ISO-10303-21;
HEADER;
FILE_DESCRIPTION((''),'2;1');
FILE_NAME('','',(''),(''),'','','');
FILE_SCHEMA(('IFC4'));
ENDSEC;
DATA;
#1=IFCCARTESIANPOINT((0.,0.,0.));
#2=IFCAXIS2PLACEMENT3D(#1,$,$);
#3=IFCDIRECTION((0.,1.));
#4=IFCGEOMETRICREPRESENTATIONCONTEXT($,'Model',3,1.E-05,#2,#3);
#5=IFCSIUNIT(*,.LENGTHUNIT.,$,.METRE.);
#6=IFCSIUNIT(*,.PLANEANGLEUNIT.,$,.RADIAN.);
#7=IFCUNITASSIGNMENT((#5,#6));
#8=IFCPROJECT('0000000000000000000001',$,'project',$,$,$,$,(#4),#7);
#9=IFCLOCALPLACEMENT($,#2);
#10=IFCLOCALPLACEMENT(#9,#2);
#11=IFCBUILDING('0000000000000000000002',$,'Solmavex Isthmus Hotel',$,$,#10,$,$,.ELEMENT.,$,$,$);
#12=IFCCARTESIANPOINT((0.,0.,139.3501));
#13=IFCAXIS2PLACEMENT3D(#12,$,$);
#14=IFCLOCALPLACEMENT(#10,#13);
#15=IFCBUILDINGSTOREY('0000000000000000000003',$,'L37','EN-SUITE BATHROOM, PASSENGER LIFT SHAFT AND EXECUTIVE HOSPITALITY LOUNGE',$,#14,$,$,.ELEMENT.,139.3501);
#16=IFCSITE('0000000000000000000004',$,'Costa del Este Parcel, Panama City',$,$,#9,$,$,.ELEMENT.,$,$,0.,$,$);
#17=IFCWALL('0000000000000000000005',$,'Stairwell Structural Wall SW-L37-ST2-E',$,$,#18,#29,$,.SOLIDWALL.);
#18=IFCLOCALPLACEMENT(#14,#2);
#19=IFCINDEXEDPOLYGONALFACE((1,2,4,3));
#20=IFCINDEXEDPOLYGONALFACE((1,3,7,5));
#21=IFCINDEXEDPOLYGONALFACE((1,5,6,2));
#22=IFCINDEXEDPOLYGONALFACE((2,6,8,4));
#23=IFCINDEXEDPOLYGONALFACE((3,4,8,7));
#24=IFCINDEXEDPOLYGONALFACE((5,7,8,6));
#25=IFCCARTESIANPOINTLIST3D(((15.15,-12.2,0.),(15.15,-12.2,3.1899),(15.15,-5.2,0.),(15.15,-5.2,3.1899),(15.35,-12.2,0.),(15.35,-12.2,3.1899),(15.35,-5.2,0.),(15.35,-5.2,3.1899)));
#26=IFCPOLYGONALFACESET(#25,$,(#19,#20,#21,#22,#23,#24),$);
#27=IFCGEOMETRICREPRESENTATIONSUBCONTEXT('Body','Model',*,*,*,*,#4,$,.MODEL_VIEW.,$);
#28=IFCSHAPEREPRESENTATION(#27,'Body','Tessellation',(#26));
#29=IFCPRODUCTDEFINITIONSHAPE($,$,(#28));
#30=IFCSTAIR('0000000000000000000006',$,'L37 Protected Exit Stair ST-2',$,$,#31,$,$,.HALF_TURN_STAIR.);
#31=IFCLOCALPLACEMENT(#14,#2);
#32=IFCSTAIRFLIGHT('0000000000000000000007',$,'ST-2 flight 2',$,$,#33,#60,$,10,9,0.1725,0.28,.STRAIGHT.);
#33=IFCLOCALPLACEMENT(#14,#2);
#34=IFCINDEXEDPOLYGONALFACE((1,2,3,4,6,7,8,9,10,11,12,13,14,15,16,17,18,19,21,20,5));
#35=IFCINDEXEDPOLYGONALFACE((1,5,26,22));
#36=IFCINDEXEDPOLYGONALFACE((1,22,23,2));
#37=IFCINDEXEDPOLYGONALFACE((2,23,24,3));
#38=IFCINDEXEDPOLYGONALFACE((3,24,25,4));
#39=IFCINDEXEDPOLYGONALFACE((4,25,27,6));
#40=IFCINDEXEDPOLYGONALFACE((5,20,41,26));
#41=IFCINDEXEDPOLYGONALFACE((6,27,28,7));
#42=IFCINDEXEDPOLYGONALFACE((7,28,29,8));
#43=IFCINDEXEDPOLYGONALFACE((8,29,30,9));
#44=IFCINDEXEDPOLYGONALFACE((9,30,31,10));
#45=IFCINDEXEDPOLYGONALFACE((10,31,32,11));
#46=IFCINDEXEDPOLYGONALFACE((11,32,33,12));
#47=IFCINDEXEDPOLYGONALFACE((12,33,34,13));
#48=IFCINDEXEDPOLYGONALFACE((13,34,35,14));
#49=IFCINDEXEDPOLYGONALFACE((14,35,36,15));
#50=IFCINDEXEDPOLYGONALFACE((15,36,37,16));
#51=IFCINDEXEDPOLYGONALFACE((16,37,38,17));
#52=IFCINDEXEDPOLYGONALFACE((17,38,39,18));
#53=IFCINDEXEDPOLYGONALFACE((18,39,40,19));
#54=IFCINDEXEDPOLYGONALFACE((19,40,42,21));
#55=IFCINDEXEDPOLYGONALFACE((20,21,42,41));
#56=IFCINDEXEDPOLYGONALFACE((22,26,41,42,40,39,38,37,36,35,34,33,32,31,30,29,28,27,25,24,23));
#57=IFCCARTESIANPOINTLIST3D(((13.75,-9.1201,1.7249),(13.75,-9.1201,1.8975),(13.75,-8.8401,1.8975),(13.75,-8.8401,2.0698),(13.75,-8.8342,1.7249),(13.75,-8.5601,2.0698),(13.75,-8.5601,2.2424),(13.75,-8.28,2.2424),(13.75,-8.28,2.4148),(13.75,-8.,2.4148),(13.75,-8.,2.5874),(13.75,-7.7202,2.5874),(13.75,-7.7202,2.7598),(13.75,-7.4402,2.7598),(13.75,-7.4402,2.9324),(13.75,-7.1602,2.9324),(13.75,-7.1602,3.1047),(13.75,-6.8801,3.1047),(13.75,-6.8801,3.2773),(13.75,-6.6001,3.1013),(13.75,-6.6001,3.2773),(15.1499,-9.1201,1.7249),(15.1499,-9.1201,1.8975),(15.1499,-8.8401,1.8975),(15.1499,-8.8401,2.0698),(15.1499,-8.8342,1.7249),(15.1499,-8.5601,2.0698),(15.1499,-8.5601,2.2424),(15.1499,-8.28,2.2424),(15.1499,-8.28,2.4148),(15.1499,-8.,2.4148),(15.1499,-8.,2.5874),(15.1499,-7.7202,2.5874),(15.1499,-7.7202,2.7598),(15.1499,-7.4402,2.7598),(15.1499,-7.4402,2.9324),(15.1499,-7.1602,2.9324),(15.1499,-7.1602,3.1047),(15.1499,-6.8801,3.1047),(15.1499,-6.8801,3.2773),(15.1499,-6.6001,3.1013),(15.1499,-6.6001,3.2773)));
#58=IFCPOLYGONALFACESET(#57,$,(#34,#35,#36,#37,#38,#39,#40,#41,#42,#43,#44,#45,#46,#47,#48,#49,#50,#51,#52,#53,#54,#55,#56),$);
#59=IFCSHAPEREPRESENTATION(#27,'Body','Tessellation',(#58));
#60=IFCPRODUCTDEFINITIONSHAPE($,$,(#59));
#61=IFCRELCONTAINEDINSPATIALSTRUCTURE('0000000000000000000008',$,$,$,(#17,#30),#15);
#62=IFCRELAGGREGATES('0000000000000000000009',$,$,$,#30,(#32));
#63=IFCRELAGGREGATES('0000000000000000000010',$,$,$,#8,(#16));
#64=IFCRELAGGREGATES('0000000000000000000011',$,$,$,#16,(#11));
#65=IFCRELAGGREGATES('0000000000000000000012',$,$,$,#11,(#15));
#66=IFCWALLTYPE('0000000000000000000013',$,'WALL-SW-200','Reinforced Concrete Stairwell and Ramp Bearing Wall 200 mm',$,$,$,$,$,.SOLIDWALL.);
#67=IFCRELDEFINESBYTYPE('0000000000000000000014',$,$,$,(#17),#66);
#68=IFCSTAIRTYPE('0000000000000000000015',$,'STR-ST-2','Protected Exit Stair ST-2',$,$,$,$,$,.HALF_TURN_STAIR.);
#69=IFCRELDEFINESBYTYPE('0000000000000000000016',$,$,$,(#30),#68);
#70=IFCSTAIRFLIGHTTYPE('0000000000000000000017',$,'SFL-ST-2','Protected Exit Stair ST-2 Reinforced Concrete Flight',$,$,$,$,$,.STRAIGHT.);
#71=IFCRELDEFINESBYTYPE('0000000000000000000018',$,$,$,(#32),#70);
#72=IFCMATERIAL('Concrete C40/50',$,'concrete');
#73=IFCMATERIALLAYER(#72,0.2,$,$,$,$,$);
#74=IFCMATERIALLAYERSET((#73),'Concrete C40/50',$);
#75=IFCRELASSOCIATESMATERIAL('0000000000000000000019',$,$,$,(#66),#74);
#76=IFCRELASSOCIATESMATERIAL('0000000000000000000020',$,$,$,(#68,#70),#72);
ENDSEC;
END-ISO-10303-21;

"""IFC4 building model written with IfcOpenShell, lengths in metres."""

from ifc_helpers import new_model, si_unit, direction, frame, frame_2d, origin, place, context, subcontext, project, spatial, polyline, rectangle, outline, extrude, material, layer, layer_set, type_object, element, aggregate, save


model = new_model("IFC4")

# Units and contexts
model_context = context("Model", 3, precision=1e-05, world=origin(), true_north=direction((0.0, 1.0)))
body_context = subcontext(model_context, "Body", "Model", "MODEL_VIEW")
ifc_project = project(units=[si_unit("LENGTHUNIT", "METRE"), si_unit("PLANEANGLEUNIT", "RADIAN")], contexts=[model_context])

# Site, building, storey
site_placement = place(None, origin())
site = spatial("IfcSite", under=ifc_project, at=site_placement, Name="Costa del Este Parcel, Panama City", CompositionType="ELEMENT", RefElevation=0.0)
building_placement = place(site_placement, origin())
building = spatial("IfcBuilding", under=site, at=building_placement, Name="Solmavex Isthmus Hotel", CompositionType="ELEMENT")
storey_placement = place(building_placement, frame((0.0, 0.0, 139.3501)))
storey = spatial("IfcBuildingStorey", under=building, at=storey_placement, Name="L37", Description="EN-SUITE BATHROOM, PASSENGER LIFT SHAFT AND EXECUTIVE HOSPITALITY LOUNGE", CompositionType="ELEMENT", Elevation=139.3501)

# Wall
ifc_material_1 = material(Name="Concrete C40/50", Category="concrete")
ifc_layer_1 = layer(ifc_material_1, 0.2)
ifc_layer_set_1 = layer_set([ifc_layer_1], Name="Concrete C40/50")
wall_type_1 = type_object("IfcWallType", Name="WALL-SW-200", Description="Reinforced Concrete Stairwell and Ramp Bearing Wall 200 mm", PredefinedType="SOLIDWALL", material=ifc_layer_set_1)
wall_1_placement = place(storey_placement, frame((15.25, -12.2, 0.0), z_axis=(0.0, 0.0, 1.0), x_axis=(0.0, 1.0, 0.0)))
element("IfcWall", 1, at=wall_1_placement, inside=storey, type_object=wall_type_1, Name="Stairwell Structural Wall SW-L37-ST2-E", PredefinedType="SOLIDWALL", context=body_context, shape_type="SweptSolid", body=[
    extrude(rectangle(XDim=7.0, YDim=0.2, at=frame_2d((3.5, 0.0))), origin(), (0.0, 0.0, 1.0), 3.1899),
])

# Stair, stair flight
stair_type = type_object("IfcStairType", Name="STR-ST-2", Description="Protected Exit Stair ST-2", PredefinedType="HALF_TURN_STAIR", material=ifc_material_1)
stair_placement = place(storey_placement, origin())
stair = element("IfcStair", 2, at=stair_placement, inside=storey, type_object=stair_type, Name="L37 Protected Exit Stair ST-2", PredefinedType="HALF_TURN_STAIR")
stair_flight_type = type_object("IfcStairFlightType", Name="SFL-ST-2", Description="Protected Exit Stair ST-2 Reinforced Concrete Flight", PredefinedType="STRAIGHT", material=ifc_material_1)
stair_flight_placement = place(storey_placement, frame((14.45, -9.1201, 1.7249), z_axis=(0.0, 0.0, 1.0), x_axis=(0.0, 1.0, 0.0)))
stair_flight = element("IfcStairFlight", 3, at=stair_flight_placement, type_object=stair_flight_type, Name="ST-2 flight 2", NumberOfRisers=10, NumberOfTreads=9, PredefinedType="STRAIGHT", RiserHeight=0.1725, TreadLength=0.28, context=body_context, shape_type="SweptSolid", body=[
    extrude(outline(polyline([(0.0, 0.0), (0.0, 0.1726), (0.28, 0.1726), (0.28, 0.345), (0.5601, 0.345), (0.5601, 0.5176), (0.8401, 0.5176), (0.8401, 0.6899), (1.1201, 0.6899), (1.1201, 0.8625), (1.3999, 0.8625), (1.3999, 1.0349), (1.6799, 1.0349), (1.6799, 1.2075), (1.96, 1.2075), (1.96, 1.3799), (2.24, 1.3799), (2.24, 1.5525), (2.52, 1.5525), (2.52, 1.7251), (2.52, 1.3765), (0.2859, 0.0), (0.0, 0.0)])), frame((0.0, 0.7, 0.0), z_axis=(0.0, -1.0, 0.0), x_axis=(1.0, 0.0, 0.0)), (0.0, 0.0, 1.0), 1.3999),
])
aggregate(stair, [stair_flight])

save(model, "model.ifc")
